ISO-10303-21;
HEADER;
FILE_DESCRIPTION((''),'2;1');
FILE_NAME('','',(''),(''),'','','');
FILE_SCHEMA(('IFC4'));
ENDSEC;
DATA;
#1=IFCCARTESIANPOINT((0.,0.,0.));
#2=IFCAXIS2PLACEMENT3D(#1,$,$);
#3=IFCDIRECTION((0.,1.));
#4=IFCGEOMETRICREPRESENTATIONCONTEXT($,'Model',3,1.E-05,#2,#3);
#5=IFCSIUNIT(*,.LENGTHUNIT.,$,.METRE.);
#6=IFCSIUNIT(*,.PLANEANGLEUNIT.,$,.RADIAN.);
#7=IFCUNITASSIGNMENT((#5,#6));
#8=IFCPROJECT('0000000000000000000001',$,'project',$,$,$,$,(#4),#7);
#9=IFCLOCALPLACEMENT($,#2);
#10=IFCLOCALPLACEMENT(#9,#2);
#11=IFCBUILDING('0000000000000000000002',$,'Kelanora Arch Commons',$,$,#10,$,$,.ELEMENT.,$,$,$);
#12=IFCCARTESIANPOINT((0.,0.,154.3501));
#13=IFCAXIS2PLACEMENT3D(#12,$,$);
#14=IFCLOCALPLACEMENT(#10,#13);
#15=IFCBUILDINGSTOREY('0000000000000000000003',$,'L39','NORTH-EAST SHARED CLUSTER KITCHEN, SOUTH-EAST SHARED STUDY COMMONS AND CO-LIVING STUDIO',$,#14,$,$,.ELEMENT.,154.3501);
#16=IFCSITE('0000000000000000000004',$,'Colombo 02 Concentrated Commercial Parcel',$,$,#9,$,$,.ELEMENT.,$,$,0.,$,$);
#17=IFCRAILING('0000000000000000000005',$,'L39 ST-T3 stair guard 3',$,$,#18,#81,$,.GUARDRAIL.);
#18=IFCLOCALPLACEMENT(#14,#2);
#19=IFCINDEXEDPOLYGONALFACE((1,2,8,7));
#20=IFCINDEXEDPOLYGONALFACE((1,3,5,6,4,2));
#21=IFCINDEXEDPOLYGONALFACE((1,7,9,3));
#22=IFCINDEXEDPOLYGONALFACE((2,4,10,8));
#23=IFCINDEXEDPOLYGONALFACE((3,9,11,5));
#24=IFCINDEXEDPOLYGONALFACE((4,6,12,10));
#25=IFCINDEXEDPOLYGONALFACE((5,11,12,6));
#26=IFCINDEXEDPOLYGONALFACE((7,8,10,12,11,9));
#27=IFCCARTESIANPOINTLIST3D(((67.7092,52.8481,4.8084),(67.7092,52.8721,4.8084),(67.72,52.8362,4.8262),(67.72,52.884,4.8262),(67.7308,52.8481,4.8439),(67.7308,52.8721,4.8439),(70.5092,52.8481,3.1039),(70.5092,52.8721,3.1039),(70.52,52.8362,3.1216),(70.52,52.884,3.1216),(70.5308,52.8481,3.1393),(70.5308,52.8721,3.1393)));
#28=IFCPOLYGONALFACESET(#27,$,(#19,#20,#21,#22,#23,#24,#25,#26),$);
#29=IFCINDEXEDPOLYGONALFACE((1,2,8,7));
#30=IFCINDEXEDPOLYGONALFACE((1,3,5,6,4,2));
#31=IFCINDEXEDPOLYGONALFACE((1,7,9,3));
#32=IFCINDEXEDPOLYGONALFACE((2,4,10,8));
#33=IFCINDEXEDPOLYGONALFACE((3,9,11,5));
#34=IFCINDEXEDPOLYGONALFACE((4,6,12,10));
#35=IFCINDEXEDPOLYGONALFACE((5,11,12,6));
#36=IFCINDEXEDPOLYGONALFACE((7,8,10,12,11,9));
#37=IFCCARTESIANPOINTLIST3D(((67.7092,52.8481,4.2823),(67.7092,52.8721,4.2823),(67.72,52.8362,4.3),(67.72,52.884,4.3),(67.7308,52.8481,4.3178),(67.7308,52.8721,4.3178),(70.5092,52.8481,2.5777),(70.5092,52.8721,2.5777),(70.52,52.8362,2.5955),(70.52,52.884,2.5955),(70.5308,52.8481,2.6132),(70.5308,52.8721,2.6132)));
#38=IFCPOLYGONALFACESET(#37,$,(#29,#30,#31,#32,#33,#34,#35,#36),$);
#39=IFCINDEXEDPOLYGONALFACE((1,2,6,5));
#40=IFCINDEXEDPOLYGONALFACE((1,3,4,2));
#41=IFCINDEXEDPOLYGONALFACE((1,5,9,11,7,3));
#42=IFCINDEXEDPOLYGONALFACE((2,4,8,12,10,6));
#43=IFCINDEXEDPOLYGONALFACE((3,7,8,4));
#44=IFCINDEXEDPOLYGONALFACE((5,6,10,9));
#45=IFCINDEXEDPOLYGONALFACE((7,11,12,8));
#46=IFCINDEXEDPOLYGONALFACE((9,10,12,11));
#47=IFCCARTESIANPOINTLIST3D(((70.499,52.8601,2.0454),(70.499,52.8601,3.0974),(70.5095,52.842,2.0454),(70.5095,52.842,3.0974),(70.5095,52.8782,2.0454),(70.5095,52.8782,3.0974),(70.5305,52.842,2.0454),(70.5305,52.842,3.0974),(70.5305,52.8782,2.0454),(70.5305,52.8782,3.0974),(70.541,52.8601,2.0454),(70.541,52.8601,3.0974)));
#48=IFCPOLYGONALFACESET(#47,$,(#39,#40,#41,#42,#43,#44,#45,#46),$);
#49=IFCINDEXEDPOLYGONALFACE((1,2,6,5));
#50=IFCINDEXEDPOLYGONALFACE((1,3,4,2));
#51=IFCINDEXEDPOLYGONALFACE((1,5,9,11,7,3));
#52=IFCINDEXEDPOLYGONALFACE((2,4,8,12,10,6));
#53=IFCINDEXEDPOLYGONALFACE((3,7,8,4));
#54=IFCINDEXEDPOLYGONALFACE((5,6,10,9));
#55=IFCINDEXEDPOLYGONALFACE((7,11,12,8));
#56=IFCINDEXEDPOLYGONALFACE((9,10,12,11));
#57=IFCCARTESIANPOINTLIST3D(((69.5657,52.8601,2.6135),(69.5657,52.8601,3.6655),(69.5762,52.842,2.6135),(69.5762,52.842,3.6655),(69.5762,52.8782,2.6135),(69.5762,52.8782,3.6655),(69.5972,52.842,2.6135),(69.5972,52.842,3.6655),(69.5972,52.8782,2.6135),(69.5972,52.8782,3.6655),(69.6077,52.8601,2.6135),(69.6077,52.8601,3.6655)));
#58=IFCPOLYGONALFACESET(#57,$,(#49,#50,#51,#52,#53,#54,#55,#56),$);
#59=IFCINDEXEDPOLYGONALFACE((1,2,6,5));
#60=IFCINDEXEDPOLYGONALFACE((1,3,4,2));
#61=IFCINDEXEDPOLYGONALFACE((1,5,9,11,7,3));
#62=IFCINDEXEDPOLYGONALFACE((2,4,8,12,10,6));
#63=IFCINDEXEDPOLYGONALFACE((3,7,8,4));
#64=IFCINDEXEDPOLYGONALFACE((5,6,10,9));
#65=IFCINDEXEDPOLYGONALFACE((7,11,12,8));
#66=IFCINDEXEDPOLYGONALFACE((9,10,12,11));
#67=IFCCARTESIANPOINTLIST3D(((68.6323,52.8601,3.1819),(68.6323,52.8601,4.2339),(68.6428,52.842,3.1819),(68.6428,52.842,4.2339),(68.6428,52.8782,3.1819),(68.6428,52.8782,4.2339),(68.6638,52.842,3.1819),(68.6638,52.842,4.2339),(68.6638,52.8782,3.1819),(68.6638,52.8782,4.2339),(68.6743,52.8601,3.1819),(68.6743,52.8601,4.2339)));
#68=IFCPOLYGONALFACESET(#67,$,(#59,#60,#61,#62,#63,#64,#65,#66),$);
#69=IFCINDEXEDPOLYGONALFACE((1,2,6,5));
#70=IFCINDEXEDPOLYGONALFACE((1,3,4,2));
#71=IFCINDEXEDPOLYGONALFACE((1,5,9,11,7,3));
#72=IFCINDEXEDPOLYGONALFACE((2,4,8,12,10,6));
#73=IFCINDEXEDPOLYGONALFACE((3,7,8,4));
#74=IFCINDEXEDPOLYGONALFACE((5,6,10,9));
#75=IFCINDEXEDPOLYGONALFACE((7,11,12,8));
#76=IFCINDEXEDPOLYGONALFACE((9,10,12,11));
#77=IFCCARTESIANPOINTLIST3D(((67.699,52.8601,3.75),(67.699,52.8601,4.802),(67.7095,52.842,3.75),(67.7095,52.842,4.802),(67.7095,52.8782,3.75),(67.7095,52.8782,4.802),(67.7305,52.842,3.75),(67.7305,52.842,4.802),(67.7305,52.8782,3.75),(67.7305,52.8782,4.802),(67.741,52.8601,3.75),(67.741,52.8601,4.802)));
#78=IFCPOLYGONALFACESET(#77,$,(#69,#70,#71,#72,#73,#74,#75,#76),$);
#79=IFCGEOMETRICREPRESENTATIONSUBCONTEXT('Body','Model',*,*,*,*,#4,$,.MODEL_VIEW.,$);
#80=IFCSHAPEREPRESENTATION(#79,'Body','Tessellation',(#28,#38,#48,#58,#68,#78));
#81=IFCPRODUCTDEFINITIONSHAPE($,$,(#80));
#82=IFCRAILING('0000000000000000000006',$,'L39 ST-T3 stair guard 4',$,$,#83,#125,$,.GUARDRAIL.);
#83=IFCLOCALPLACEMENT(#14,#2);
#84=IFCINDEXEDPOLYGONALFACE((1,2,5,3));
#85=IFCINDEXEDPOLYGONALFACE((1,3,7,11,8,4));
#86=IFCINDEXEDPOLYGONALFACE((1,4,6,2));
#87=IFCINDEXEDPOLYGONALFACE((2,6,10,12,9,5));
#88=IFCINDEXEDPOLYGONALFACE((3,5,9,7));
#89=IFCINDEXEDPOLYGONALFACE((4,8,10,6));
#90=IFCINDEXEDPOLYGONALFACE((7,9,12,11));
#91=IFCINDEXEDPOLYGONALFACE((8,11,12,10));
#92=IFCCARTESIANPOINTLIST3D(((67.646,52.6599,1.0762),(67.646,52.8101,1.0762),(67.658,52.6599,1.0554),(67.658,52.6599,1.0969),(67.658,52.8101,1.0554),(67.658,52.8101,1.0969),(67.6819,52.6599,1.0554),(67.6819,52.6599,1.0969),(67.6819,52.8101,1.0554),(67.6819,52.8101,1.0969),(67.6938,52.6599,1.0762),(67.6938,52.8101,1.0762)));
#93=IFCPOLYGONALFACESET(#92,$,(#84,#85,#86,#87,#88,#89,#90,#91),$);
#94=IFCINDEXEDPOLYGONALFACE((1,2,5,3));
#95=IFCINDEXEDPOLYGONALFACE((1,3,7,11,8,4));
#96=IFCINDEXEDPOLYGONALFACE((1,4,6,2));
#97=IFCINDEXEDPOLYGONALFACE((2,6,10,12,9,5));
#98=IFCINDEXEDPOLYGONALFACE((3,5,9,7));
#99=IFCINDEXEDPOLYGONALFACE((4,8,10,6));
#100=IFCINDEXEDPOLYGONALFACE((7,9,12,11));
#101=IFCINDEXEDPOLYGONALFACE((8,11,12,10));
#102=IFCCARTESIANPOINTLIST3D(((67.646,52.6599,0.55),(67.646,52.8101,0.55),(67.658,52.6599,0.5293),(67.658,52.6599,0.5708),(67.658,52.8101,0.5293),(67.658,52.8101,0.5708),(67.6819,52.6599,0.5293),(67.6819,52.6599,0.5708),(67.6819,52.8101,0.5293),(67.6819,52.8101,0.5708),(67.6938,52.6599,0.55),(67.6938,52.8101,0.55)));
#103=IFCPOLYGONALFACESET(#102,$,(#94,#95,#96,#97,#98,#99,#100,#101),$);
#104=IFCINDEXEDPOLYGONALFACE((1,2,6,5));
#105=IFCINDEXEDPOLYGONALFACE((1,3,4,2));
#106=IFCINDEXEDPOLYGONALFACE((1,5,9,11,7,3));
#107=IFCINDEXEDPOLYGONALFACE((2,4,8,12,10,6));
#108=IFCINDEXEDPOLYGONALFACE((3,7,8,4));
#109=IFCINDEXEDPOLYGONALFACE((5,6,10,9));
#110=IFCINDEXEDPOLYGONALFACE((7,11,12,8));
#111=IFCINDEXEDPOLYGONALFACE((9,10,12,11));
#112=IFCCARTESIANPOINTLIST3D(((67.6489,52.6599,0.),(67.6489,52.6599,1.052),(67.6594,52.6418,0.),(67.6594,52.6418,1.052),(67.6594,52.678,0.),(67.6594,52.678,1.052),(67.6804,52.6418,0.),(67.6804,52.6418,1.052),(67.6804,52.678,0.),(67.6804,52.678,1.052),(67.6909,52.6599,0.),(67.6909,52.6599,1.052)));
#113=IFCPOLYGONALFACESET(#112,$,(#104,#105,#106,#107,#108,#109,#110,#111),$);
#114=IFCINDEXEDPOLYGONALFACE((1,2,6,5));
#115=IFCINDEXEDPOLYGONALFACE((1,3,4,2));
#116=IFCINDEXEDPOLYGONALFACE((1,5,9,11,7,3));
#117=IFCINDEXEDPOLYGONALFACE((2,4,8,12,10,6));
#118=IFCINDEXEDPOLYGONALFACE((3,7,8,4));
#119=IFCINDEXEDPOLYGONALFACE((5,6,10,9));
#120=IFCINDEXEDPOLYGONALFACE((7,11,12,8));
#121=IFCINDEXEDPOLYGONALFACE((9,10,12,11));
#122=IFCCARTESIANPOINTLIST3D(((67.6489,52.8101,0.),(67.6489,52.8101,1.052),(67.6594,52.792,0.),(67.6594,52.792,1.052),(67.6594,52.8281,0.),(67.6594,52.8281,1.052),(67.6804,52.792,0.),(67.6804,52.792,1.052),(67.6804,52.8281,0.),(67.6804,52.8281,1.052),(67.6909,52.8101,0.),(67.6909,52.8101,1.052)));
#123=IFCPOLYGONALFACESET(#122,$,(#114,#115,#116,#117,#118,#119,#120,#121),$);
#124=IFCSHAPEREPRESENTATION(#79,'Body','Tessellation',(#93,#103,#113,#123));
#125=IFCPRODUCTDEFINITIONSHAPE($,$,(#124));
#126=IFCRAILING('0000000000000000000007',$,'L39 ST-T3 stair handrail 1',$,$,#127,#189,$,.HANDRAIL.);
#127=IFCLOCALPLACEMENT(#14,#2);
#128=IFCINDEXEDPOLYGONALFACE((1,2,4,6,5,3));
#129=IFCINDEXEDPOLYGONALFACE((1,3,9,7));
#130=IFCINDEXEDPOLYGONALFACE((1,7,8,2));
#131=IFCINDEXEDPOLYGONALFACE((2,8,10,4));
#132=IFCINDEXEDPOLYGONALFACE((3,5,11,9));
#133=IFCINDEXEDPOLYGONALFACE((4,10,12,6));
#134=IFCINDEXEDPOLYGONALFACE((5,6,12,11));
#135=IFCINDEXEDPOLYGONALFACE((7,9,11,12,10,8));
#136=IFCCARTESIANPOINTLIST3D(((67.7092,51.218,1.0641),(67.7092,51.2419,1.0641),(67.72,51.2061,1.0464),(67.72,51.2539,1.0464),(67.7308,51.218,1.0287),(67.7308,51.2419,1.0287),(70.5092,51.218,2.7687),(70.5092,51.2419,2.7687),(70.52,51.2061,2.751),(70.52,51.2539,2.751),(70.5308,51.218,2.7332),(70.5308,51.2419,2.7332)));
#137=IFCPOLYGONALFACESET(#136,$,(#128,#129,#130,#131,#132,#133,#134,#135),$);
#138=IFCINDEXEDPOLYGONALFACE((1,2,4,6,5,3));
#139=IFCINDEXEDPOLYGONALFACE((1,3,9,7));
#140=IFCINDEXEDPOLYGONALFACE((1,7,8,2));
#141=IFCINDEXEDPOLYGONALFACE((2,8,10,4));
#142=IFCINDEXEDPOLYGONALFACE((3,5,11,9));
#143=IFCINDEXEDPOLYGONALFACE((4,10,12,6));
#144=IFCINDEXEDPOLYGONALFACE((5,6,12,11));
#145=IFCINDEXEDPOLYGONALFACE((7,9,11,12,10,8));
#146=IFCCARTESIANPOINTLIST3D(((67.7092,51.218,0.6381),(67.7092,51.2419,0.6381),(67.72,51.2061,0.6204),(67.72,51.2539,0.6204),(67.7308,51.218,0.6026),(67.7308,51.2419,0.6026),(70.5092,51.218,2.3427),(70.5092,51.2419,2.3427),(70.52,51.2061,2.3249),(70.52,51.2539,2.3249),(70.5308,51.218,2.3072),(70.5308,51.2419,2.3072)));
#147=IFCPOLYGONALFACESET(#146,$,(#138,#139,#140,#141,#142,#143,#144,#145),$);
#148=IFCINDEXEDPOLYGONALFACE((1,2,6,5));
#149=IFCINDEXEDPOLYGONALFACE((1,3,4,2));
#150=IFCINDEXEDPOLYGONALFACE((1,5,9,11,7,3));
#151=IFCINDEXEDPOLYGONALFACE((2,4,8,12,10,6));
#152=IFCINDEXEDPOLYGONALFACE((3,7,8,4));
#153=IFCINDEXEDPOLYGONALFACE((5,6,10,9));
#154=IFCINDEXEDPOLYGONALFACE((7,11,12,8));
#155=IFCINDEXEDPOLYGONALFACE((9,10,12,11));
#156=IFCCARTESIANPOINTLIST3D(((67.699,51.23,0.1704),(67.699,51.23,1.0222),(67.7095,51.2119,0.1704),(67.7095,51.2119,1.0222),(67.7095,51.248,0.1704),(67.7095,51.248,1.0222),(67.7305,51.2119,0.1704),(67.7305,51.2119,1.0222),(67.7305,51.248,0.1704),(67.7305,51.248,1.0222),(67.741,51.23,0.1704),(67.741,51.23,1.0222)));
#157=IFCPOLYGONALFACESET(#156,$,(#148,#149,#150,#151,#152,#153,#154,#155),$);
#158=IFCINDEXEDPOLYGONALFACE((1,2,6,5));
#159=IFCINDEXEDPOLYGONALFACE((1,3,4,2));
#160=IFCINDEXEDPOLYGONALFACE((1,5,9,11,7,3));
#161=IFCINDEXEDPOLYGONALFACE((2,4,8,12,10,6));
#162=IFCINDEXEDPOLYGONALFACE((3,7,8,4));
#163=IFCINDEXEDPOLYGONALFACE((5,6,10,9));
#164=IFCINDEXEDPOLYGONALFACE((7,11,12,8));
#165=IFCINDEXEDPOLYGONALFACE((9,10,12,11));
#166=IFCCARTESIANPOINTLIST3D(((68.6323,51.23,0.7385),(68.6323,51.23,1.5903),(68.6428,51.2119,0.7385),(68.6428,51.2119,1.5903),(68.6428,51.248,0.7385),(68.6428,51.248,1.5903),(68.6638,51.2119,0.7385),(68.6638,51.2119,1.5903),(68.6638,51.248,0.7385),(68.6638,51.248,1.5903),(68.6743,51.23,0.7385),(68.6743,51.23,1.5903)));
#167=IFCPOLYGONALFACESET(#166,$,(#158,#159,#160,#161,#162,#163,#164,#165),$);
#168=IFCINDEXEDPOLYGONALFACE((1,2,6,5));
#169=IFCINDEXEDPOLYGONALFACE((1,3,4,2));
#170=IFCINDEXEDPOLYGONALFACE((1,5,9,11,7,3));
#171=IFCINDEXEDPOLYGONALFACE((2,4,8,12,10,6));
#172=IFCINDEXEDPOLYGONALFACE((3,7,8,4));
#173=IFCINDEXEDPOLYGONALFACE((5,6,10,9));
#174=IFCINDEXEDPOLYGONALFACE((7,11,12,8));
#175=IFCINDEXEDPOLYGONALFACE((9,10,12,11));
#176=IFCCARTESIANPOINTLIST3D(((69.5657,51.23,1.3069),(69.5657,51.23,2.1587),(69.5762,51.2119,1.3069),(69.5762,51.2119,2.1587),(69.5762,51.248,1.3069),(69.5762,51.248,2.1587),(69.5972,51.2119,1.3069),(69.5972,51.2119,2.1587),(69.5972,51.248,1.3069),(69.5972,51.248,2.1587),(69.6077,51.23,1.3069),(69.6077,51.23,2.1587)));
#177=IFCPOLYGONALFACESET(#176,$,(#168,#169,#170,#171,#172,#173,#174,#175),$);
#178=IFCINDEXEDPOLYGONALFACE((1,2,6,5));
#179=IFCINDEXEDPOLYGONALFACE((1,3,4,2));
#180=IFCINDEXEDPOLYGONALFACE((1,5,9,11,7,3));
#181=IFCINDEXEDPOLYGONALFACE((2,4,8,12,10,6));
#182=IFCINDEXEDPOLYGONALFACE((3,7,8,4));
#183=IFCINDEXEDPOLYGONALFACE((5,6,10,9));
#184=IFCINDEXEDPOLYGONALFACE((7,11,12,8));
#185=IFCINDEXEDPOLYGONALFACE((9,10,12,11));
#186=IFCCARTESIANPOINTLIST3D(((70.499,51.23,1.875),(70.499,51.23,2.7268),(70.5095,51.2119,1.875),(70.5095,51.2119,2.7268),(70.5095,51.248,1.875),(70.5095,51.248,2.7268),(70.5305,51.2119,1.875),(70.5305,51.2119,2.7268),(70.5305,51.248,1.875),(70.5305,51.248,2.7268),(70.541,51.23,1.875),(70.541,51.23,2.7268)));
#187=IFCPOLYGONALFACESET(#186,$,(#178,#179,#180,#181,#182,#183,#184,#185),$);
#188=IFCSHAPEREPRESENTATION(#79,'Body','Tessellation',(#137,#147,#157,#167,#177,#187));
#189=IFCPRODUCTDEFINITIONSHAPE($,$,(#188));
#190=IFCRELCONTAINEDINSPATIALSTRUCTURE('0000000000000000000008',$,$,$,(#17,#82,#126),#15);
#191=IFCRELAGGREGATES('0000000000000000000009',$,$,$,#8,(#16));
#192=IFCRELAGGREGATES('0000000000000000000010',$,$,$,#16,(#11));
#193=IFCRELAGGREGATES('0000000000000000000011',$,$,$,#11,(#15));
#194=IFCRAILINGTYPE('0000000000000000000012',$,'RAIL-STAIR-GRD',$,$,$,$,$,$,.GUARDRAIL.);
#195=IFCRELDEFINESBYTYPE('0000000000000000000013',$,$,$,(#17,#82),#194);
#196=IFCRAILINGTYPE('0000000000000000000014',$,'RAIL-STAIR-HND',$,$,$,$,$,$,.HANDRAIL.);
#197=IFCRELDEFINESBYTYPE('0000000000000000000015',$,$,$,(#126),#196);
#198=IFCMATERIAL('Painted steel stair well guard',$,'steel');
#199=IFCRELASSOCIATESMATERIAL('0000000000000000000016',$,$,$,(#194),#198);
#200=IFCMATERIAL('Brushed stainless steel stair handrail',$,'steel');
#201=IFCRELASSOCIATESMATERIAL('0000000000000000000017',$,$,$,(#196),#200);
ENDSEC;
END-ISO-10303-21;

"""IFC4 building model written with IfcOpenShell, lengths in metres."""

from ifc_helpers import new_model, si_unit, direction, frame, origin, place, context, subcontext, project, spatial, polyline, outline, extrude, material, type_object, element, save


model = new_model("IFC4")

# Units and contexts
model_context = context("Model", 3, precision=1e-05, world=origin(), true_north=direction((0.0, 1.0)))
body_context = subcontext(model_context, "Body", "Model", "MODEL_VIEW")
ifc_project = project(units=[si_unit("LENGTHUNIT", "METRE"), si_unit("PLANEANGLEUNIT", "RADIAN")], contexts=[model_context])

# Site, building, storey
site_placement = place(None, origin())
site = spatial("IfcSite", under=ifc_project, at=site_placement, Name="Colombo 02 Concentrated Commercial Parcel", CompositionType="ELEMENT", RefElevation=0.0)
building_placement = place(site_placement, origin())
building = spatial("IfcBuilding", under=site, at=building_placement, Name="Kelanora Arch Commons", CompositionType="ELEMENT")
storey_placement = place(building_placement, frame((0.0, 0.0, 154.3501)))
storey = spatial("IfcBuildingStorey", under=building, at=storey_placement, Name="L39", Description="NORTH-EAST SHARED CLUSTER KITCHEN, SOUTH-EAST SHARED STUDY COMMONS AND CO-LIVING STUDIO", CompositionType="ELEMENT", Elevation=154.3501)

# Railings
ifc_material_1 = material(Name="Painted steel stair well guard", Category="steel")
railing_type_1 = type_object("IfcRailingType", Name="RAIL-STAIR-GRD", PredefinedType="GUARDRAIL", material=ifc_material_1)
railing_1_placement = place(storey_placement, frame((70.52, 52.8601, 2.0454)))
element("IfcRailing", 1, at=railing_1_placement, inside=storey, type_object=railing_type_1, Name="L39 ST-T3 stair guard 3", PredefinedType="GUARDRAIL", context=body_context, shape_type="SweptSolid", body=[
    extrude(outline(polyline([(0.0239, 0.0), (0.012, 0.0208), (-0.012, 0.0208), (-0.0239, 0.0), (-0.012, -0.0208), (0.012, -0.0208), (0.0239, 0.0)])), frame((0.0, 0.0, 1.0762), z_axis=(-0.85417, 0.0, 0.519994), x_axis=(0.0, -1.0, 0.0)), (0.0, 0.0, 1.0), 3.2781),
    extrude(outline(polyline([(0.0239, 0.0), (0.012, 0.0208), (-0.012, 0.0208), (-0.0239, 0.0), (-0.012, -0.0208), (0.012, -0.0208), (0.0239, 0.0)])), frame((0.0, 0.0, 0.55), z_axis=(-0.85417, 0.0, 0.519994), x_axis=(0.0, -1.0, 0.0)), (0.0, 0.0, 1.0), 3.2781),
    extrude(outline(polyline([(0.021, 0.0), (0.0105, 0.0181), (-0.0105, 0.0181), (-0.021, 0.0), (-0.0105, -0.0181), (0.0105, -0.0181), (0.021, 0.0)])), origin(), (0.0, 0.0, 1.0), 1.052),
    extrude(outline(polyline([(0.021, 0.0), (0.0105, 0.0181), (-0.0105, 0.0181), (-0.021, 0.0), (-0.0105, -0.0181), (0.0105, -0.0181), (0.021, 0.0)])), frame((-0.9333, 0.0, 0.5681)), (0.0, 0.0, 1.0), 1.052),
    extrude(outline(polyline([(0.021, 0.0), (0.0105, 0.0181), (-0.0105, 0.0181), (-0.021, 0.0), (-0.0105, -0.0181), (0.0105, -0.0181), (0.021, 0.0)])), frame((-1.8667, 0.0, 1.1365)), (0.0, 0.0, 1.0), 1.052),
    extrude(outline(polyline([(0.021, 0.0), (0.0105, 0.0181), (-0.0105, 0.0181), (-0.021, 0.0), (-0.0105, -0.0181), (0.0105, -0.0181), (0.021, 0.0)])), frame((-2.8, 0.0, 1.7046)), (0.0, 0.0, 1.0), 1.052),
])
railing_2_placement = place(storey_placement, frame((67.6699, 52.6599, 0.0)))
element("IfcRailing", 2, at=railing_2_placement, inside=storey, type_object=railing_type_1, Name="L39 ST-T3 stair guard 4", PredefinedType="GUARDRAIL", context=body_context, shape_type="SweptSolid", body=[
    extrude(outline(polyline([(0.0239, 0.0), (0.012, 0.0208), (-0.012, 0.0208), (-0.0239, 0.0), (-0.012, -0.0208), (0.012, -0.0208), (0.0239, 0.0)])), frame((0.0, 0.0, 1.0762), z_axis=(0.0, 1.0, 0.0), x_axis=(-1.0, 0.0, 0.0)), (0.0, 0.0, 1.0), 0.1501),
    extrude(outline(polyline([(0.0239, 0.0), (0.012, 0.0208), (-0.012, 0.0208), (-0.0239, 0.0), (-0.012, -0.0208), (0.012, -0.0208), (0.0239, 0.0)])), frame((0.0, 0.0, 0.55), z_axis=(0.0, 1.0, 0.0), x_axis=(-1.0, 0.0, 0.0)), (0.0, 0.0, 1.0), 0.1501),
    extrude(outline(polyline([(0.021, 0.0), (0.0105, 0.0181), (-0.0105, 0.0181), (-0.021, 0.0), (-0.0105, -0.0181), (0.0105, -0.0181), (0.021, 0.0)])), origin(), (0.0, 0.0, 1.0), 1.052),
    extrude(outline(polyline([(0.021, 0.0), (0.0105, 0.0181), (-0.0105, 0.0181), (-0.021, 0.0), (-0.0105, -0.0181), (0.0105, -0.0181), (0.021, 0.0)])), frame((0.0, 0.1501, 0.0)), (0.0, 0.0, 1.0), 1.052),
])
ifc_material_2 = material(Name="Brushed stainless steel stair handrail", Category="steel")
railing_type_2 = type_object("IfcRailingType", Name="RAIL-STAIR-HND", PredefinedType="HANDRAIL", material=ifc_material_2)
railing_3_placement = place(storey_placement, frame((67.72, 51.23, 0.1704)))
element("IfcRailing", 3, at=railing_3_placement, inside=storey, type_object=railing_type_2, Name="L39 ST-T3 stair handrail 1", PredefinedType="HANDRAIL", context=body_context, shape_type="SweptSolid", body=[
    extrude(outline(polyline([(0.0239, 0.0), (0.012, 0.0208), (-0.012, 0.0208), (-0.0239, 0.0), (-0.012, -0.0208), (0.012, -0.0208), (0.0239, 0.0)])), frame((0.0, 0.0, 0.876), z_axis=(0.85417, 0.0, 0.519994), x_axis=(0.0, 1.0, 0.0)), (0.0, 0.0, 1.0), 3.2781),
    extrude(outline(polyline([(0.0239, 0.0), (0.012, 0.0208), (-0.012, 0.0208), (-0.0239, 0.0), (-0.012, -0.0208), (0.012, -0.0208), (0.0239, 0.0)])), frame((0.0, 0.0, 0.45), z_axis=(0.85417, 0.0, 0.519994), x_axis=(0.0, 1.0, 0.0)), (0.0, 0.0, 1.0), 3.2781),
    extrude(outline(polyline([(0.021, 0.0), (0.0105, 0.0181), (-0.0105, 0.0181), (-0.021, 0.0), (-0.0105, -0.0181), (0.0105, -0.0181), (0.021, 0.0)])), origin(), (0.0, 0.0, 1.0), 0.8518),
    extrude(outline(polyline([(0.021, 0.0), (0.0105, 0.0181), (-0.0105, 0.0181), (-0.021, 0.0), (-0.0105, -0.0181), (0.0105, -0.0181), (0.021, 0.0)])), frame((0.9333, 0.0, 0.5681)), (0.0, 0.0, 1.0), 0.8518),
    extrude(outline(polyline([(0.021, 0.0), (0.0105, 0.0181), (-0.0105, 0.0181), (-0.021, 0.0), (-0.0105, -0.0181), (0.0105, -0.0181), (0.021, 0.0)])), frame((1.8667, 0.0, 1.1365)), (0.0, 0.0, 1.0), 0.8518),
    extrude(outline(polyline([(0.021, 0.0), (0.0105, 0.0181), (-0.0105, 0.0181), (-0.021, 0.0), (-0.0105, -0.0181), (0.0105, -0.0181), (0.021, 0.0)])), frame((2.8, 0.0, 1.7046)), (0.0, 0.0, 1.0), 0.8518),
])

save(model, "model.ifc")
